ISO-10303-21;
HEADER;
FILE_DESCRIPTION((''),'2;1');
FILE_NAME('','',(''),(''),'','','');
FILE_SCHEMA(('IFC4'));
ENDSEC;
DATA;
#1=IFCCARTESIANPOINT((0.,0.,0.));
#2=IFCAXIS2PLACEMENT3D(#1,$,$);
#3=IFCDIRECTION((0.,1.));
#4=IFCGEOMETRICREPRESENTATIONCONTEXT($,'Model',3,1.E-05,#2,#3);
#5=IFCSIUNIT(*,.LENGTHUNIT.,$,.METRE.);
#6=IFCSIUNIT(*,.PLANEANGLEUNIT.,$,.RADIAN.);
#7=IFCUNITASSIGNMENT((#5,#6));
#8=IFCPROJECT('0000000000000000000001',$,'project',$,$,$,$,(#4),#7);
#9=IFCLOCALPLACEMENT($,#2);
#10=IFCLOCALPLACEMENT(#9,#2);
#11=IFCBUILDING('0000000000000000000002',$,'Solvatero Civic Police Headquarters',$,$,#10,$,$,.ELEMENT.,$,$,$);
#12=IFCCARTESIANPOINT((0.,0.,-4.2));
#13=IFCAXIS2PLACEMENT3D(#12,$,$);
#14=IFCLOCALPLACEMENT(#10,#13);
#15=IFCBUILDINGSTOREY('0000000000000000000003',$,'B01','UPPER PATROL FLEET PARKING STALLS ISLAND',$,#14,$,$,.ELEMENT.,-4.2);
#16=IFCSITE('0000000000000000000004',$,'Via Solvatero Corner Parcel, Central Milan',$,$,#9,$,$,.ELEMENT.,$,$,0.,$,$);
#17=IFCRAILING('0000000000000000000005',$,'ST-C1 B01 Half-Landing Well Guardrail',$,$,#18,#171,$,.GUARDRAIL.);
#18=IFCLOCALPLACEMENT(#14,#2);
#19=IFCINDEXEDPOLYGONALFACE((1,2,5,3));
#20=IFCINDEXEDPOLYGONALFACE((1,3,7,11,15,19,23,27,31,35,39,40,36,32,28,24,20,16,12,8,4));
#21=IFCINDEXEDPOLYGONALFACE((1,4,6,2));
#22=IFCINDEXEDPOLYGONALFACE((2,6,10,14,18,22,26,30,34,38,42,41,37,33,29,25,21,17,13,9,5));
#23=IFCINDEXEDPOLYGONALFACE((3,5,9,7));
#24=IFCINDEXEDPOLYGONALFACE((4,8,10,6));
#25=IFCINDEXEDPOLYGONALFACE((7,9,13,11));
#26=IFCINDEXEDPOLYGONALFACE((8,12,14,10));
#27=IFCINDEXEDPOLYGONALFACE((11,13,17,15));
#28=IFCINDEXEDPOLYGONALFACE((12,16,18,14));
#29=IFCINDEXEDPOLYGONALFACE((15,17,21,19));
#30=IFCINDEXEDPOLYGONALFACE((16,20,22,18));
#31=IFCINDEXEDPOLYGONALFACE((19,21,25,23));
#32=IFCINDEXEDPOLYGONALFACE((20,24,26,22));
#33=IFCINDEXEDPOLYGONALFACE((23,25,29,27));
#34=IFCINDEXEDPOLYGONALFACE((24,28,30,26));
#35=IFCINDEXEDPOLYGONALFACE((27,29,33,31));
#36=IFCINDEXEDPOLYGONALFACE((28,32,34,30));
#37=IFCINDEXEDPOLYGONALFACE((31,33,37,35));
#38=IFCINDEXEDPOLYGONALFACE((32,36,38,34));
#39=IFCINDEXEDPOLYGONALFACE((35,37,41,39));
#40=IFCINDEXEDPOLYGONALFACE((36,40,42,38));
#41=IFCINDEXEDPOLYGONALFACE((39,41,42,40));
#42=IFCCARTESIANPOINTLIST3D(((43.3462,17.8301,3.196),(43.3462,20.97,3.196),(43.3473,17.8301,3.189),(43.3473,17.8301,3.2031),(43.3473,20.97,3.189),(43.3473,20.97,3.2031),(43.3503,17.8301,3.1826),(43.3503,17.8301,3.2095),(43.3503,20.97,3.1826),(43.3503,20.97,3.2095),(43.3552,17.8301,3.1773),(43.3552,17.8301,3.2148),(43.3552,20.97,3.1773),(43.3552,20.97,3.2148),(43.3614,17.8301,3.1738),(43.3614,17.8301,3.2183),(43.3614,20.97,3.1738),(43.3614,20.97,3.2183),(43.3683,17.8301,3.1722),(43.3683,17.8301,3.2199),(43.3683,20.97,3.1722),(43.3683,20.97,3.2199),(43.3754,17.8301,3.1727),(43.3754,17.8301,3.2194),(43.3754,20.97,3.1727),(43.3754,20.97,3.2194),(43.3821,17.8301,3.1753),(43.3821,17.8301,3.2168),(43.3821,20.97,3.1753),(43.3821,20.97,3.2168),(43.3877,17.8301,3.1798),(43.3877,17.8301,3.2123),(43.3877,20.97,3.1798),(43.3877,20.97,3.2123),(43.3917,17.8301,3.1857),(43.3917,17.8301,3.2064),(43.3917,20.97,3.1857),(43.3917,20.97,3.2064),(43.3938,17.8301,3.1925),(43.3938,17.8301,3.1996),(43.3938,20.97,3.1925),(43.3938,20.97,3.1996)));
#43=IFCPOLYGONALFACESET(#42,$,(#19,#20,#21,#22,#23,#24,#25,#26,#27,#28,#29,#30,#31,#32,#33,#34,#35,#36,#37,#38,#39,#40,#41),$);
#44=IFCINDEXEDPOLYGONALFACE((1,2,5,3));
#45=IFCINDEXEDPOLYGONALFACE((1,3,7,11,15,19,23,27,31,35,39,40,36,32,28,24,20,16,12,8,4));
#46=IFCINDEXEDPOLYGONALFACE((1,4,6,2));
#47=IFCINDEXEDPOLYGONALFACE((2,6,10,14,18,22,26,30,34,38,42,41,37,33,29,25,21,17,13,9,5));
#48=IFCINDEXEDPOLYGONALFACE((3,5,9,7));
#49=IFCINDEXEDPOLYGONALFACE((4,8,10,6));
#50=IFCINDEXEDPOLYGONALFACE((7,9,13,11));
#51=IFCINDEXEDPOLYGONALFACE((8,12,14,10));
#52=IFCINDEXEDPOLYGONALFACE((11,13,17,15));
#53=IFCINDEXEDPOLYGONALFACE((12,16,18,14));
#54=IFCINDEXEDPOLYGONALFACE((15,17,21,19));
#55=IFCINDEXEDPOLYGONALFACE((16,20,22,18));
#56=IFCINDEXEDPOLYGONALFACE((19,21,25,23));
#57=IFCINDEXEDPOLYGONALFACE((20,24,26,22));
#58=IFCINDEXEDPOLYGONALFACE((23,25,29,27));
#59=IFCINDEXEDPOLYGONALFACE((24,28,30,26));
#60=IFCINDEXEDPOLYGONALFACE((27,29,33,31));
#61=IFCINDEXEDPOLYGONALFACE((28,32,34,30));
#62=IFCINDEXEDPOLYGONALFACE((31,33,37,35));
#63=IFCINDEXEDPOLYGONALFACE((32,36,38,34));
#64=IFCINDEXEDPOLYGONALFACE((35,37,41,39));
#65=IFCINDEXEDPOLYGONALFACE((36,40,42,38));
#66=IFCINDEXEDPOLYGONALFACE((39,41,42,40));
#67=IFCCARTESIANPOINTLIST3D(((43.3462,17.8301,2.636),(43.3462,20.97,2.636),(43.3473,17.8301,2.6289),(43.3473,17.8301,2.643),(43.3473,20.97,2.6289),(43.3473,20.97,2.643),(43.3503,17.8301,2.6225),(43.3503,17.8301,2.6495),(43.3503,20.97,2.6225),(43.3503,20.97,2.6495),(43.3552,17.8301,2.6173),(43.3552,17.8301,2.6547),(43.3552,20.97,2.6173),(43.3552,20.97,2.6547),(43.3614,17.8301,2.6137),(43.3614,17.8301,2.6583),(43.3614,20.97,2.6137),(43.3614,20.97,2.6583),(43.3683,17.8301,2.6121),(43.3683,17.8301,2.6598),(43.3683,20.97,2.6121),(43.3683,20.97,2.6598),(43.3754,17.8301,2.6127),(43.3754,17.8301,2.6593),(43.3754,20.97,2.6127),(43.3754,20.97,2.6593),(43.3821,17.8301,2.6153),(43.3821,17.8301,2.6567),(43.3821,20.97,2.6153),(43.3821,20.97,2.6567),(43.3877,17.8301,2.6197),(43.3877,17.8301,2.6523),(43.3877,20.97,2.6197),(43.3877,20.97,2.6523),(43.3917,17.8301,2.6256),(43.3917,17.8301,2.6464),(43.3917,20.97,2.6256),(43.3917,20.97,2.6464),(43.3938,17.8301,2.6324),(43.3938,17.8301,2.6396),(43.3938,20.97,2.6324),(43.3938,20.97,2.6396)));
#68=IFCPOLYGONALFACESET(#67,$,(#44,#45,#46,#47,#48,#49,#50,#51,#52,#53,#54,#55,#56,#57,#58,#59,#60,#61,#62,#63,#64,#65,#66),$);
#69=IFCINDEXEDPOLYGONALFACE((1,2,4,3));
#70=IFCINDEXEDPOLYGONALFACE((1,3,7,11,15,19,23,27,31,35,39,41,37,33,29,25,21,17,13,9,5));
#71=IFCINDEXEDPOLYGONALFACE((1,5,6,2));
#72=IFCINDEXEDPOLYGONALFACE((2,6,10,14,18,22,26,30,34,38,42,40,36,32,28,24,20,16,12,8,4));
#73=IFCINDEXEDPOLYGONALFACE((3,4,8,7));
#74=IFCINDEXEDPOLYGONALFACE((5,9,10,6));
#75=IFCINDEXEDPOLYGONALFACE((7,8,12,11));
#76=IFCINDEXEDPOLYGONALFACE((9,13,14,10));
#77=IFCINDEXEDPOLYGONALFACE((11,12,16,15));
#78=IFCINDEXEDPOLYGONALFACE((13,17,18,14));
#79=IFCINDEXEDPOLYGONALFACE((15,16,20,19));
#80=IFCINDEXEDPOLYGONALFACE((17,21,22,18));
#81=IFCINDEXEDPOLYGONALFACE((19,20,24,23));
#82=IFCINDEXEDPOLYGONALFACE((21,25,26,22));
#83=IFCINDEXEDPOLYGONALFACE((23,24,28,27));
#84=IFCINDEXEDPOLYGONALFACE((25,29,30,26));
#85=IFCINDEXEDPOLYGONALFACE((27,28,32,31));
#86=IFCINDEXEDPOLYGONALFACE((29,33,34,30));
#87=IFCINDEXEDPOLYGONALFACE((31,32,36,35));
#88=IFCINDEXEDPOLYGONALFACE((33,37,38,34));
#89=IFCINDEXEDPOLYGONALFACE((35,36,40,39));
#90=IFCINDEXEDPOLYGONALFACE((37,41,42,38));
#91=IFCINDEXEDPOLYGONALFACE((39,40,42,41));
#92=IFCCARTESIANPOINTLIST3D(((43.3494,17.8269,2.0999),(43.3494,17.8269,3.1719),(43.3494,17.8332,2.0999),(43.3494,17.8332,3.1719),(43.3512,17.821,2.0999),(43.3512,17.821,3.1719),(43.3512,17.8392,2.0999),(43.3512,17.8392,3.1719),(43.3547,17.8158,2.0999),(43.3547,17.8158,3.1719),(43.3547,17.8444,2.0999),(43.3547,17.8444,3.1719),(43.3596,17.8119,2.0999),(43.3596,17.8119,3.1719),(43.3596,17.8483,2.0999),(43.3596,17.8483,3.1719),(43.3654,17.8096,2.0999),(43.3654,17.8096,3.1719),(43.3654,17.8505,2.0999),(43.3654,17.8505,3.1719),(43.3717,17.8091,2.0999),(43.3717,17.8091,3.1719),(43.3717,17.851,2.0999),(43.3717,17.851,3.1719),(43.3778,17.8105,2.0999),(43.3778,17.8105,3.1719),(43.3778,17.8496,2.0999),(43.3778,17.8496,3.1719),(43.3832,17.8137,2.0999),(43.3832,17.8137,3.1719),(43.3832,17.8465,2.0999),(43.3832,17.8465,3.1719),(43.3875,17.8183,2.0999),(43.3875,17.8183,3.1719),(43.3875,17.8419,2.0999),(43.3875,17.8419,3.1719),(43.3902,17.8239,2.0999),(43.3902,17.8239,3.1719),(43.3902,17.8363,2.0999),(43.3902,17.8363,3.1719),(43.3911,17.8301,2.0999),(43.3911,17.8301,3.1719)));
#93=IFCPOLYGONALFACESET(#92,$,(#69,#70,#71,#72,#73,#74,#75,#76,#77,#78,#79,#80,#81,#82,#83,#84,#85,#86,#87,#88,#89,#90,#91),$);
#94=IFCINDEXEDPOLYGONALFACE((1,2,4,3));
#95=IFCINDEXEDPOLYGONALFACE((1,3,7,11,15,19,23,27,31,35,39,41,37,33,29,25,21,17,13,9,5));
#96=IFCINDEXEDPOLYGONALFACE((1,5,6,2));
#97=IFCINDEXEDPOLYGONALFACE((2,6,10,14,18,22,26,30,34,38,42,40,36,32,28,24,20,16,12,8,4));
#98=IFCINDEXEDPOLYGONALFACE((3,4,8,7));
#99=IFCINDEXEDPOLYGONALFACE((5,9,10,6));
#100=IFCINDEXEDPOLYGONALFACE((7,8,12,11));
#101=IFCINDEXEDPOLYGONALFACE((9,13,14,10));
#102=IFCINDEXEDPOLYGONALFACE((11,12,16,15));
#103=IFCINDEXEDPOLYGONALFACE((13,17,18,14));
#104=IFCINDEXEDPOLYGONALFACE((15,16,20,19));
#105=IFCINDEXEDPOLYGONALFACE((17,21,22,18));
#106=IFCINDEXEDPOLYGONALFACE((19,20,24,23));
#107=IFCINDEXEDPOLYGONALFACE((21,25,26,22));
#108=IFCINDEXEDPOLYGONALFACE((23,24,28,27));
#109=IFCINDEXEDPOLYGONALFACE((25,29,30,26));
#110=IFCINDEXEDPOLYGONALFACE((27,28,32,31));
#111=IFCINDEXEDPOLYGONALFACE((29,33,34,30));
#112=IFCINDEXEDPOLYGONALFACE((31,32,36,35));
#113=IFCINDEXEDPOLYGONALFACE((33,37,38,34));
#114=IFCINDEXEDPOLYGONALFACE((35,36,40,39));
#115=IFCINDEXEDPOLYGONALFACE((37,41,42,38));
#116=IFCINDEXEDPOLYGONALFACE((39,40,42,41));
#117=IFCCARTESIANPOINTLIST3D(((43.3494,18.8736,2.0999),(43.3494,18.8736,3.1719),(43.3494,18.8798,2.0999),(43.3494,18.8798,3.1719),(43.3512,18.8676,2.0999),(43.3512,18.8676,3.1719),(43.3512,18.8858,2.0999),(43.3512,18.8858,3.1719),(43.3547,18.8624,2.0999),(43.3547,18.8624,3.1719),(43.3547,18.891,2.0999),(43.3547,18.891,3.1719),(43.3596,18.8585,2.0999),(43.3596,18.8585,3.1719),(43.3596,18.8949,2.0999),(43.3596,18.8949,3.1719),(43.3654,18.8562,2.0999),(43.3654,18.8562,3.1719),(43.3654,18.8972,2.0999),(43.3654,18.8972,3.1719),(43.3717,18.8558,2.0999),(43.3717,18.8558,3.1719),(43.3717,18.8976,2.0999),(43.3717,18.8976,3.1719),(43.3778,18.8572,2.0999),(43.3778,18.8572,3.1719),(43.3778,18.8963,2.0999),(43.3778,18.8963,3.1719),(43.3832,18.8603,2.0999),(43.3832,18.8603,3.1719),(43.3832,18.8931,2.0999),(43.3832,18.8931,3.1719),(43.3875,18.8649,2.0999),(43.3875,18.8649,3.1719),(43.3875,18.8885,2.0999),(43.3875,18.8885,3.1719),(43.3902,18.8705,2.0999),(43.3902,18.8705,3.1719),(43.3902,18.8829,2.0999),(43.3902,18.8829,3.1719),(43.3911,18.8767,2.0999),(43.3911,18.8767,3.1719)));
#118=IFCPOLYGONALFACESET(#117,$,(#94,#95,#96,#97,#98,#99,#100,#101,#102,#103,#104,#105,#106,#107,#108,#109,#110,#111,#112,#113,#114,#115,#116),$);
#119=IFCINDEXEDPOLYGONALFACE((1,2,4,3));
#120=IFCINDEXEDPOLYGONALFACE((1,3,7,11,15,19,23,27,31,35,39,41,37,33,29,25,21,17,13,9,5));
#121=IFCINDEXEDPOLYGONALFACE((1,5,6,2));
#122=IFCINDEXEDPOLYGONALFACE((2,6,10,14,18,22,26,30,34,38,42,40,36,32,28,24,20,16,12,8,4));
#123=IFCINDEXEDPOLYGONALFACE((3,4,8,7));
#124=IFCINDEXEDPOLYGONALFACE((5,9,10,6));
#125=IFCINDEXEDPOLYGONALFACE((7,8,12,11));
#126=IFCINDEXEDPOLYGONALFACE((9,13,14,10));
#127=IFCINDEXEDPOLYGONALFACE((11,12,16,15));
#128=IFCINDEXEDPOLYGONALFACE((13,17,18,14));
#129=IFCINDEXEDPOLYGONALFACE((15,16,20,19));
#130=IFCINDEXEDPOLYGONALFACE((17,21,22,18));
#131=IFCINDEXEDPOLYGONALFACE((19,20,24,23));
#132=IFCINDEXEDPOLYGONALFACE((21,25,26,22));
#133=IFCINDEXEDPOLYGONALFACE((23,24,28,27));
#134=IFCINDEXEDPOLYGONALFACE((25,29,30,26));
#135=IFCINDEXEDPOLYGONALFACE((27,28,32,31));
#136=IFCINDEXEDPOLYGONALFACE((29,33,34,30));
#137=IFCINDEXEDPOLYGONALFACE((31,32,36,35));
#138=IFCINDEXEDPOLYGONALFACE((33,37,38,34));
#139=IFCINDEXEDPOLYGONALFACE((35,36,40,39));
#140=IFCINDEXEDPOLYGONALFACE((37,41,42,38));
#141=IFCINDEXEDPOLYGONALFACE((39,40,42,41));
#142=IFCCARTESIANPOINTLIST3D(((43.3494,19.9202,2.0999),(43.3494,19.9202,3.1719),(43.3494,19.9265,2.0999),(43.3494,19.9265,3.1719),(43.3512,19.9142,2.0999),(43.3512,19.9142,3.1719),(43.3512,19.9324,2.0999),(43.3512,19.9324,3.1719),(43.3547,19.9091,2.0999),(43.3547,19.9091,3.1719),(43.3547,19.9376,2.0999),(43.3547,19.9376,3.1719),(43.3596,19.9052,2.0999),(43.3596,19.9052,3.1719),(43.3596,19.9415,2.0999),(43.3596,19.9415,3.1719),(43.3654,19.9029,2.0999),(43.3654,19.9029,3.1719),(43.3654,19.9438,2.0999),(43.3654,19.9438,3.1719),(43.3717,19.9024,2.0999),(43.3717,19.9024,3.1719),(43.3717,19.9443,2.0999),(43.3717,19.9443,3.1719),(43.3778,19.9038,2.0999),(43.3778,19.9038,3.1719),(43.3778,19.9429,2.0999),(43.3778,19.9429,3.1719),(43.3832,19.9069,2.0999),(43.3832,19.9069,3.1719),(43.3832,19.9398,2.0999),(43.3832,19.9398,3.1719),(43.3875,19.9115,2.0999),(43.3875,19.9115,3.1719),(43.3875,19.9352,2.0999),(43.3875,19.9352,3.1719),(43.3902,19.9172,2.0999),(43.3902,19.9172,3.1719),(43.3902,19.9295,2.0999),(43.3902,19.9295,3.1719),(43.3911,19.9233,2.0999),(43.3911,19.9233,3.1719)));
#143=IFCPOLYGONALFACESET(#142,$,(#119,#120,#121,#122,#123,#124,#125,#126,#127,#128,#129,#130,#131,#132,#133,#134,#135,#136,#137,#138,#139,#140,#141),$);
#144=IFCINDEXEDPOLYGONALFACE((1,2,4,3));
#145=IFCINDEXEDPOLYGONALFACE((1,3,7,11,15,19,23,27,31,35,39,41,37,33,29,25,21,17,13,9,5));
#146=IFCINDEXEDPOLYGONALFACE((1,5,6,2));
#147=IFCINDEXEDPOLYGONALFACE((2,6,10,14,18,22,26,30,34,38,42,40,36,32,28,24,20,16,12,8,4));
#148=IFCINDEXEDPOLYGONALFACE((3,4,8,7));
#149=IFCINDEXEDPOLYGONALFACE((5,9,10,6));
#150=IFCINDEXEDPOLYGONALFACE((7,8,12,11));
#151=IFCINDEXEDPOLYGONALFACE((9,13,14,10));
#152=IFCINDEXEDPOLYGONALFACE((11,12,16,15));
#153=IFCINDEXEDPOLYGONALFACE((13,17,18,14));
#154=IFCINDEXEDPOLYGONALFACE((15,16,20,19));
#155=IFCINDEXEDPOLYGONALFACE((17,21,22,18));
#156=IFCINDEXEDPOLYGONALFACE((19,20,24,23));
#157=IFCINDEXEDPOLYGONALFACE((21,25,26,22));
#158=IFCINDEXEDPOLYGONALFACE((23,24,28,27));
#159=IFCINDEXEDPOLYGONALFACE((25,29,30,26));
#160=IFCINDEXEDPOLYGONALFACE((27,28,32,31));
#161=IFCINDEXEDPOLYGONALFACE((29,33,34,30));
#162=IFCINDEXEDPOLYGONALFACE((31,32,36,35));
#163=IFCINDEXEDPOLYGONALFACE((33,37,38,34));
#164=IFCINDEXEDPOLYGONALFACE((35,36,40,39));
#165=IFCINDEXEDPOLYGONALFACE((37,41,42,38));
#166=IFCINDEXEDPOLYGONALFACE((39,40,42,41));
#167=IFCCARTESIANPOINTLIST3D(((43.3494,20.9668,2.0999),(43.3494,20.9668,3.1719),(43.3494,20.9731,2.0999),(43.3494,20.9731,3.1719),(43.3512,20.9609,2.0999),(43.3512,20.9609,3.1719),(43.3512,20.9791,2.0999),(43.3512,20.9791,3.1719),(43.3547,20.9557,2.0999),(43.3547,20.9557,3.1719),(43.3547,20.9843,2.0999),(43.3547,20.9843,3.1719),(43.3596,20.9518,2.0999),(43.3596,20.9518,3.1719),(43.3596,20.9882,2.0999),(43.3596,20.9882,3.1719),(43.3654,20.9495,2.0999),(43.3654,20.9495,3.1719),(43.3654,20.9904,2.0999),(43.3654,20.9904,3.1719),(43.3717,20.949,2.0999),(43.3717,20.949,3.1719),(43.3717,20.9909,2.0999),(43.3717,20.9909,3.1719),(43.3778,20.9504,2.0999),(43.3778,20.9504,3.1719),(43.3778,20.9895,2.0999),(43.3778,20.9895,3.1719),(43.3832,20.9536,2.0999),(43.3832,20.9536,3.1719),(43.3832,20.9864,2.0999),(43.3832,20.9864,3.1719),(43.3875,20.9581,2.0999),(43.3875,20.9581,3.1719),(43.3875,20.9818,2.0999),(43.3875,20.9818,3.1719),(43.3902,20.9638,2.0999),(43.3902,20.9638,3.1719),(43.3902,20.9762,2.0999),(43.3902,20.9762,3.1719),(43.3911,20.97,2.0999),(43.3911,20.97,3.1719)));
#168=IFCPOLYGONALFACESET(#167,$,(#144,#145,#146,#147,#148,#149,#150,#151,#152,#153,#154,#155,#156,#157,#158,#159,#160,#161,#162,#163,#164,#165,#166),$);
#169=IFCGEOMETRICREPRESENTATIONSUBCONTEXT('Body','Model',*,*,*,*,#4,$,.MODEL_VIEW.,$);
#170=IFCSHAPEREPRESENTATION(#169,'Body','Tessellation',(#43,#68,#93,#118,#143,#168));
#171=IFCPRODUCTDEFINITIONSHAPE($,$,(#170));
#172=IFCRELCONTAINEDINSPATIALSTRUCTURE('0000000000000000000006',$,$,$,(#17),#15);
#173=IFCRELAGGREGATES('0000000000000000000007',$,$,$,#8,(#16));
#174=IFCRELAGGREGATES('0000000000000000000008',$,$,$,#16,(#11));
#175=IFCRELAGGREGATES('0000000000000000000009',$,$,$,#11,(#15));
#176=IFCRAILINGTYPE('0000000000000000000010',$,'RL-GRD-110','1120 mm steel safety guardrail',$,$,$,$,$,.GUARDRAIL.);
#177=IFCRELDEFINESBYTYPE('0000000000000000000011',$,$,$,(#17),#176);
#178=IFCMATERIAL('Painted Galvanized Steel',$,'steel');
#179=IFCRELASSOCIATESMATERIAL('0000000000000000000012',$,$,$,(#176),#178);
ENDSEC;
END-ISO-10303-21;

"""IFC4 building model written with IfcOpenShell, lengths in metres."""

from ifc_helpers import new_model, si_unit, direction, frame, origin, origin_2d, place, context, subcontext, project, spatial, circle, extrude, material, type_object, element, save


model = new_model("IFC4")

# Units and contexts
model_context = context("Model", 3, precision=1e-05, world=origin(), true_north=direction((0.0, 1.0)))
body_context = subcontext(model_context, "Body", "Model", "MODEL_VIEW")
ifc_project = project(units=[si_unit("LENGTHUNIT", "METRE"), si_unit("PLANEANGLEUNIT", "RADIAN")], contexts=[model_context])

# Site, building, storey
site_placement = place(None, origin())
site = spatial("IfcSite", under=ifc_project, at=site_placement, Name="Via Solvatero Corner Parcel, Central Milan", CompositionType="ELEMENT", RefElevation=0.0)
building_placement = place(site_placement, origin())
building = spatial("IfcBuilding", under=site, at=building_placement, Name="Solvatero Civic Police Headquarters", CompositionType="ELEMENT")
storey_placement = place(building_placement, frame((0.0, 0.0, -4.2)))
storey = spatial("IfcBuildingStorey", under=building, at=storey_placement, Name="B01", Description="UPPER PATROL FLEET PARKING STALLS ISLAND", CompositionType="ELEMENT", Elevation=-4.2)

# Railing
ifc_material_1 = material(Name="Painted Galvanized Steel", Category="steel")
railing_type_1 = type_object("IfcRailingType", Name="RL-GRD-110", Description="1120 mm steel safety guardrail", PredefinedType="GUARDRAIL", material=ifc_material_1)
railing_1_placement = place(storey_placement, frame((43.3701, 17.8301, 2.0999)))
element("IfcRailing", 1, at=railing_1_placement, inside=storey, type_object=railing_type_1, Name="ST-C1 B01 Half-Landing Well Guardrail", PredefinedType="GUARDRAIL", context=body_context, shape_type="SweptSolid", body=[
    extrude(circle(Radius=0.0239, at=origin_2d()), frame((0.0, 0.0, 1.0962), z_axis=(0.0, 1.0, 0.0), x_axis=(-1.0, 0.0, 0.0)), (0.0, 0.0, 1.0), 3.1399),
    extrude(circle(Radius=0.0239, at=origin_2d()), frame((0.0, 0.0, 0.5361), z_axis=(0.0, 1.0, 0.0), x_axis=(-1.0, 0.0, 0.0)), (0.0, 0.0, 1.0), 3.1399),
    extrude(circle(Radius=0.021, at=origin_2d()), origin(), (0.0, 0.0, 1.0), 1.072),
    extrude(circle(Radius=0.021, at=origin_2d()), frame((0.0, 1.0466, 0.0)), (0.0, 0.0, 1.0), 1.072),
    extrude(circle(Radius=0.021, at=origin_2d()), frame((0.0, 2.0933, 0.0)), (0.0, 0.0, 1.0), 1.072),
    extrude(circle(Radius=0.021, at=origin_2d()), frame((0.0, 3.1399, 0.0)), (0.0, 0.0, 1.0), 1.072),
])

save(model, "model.ifc")
